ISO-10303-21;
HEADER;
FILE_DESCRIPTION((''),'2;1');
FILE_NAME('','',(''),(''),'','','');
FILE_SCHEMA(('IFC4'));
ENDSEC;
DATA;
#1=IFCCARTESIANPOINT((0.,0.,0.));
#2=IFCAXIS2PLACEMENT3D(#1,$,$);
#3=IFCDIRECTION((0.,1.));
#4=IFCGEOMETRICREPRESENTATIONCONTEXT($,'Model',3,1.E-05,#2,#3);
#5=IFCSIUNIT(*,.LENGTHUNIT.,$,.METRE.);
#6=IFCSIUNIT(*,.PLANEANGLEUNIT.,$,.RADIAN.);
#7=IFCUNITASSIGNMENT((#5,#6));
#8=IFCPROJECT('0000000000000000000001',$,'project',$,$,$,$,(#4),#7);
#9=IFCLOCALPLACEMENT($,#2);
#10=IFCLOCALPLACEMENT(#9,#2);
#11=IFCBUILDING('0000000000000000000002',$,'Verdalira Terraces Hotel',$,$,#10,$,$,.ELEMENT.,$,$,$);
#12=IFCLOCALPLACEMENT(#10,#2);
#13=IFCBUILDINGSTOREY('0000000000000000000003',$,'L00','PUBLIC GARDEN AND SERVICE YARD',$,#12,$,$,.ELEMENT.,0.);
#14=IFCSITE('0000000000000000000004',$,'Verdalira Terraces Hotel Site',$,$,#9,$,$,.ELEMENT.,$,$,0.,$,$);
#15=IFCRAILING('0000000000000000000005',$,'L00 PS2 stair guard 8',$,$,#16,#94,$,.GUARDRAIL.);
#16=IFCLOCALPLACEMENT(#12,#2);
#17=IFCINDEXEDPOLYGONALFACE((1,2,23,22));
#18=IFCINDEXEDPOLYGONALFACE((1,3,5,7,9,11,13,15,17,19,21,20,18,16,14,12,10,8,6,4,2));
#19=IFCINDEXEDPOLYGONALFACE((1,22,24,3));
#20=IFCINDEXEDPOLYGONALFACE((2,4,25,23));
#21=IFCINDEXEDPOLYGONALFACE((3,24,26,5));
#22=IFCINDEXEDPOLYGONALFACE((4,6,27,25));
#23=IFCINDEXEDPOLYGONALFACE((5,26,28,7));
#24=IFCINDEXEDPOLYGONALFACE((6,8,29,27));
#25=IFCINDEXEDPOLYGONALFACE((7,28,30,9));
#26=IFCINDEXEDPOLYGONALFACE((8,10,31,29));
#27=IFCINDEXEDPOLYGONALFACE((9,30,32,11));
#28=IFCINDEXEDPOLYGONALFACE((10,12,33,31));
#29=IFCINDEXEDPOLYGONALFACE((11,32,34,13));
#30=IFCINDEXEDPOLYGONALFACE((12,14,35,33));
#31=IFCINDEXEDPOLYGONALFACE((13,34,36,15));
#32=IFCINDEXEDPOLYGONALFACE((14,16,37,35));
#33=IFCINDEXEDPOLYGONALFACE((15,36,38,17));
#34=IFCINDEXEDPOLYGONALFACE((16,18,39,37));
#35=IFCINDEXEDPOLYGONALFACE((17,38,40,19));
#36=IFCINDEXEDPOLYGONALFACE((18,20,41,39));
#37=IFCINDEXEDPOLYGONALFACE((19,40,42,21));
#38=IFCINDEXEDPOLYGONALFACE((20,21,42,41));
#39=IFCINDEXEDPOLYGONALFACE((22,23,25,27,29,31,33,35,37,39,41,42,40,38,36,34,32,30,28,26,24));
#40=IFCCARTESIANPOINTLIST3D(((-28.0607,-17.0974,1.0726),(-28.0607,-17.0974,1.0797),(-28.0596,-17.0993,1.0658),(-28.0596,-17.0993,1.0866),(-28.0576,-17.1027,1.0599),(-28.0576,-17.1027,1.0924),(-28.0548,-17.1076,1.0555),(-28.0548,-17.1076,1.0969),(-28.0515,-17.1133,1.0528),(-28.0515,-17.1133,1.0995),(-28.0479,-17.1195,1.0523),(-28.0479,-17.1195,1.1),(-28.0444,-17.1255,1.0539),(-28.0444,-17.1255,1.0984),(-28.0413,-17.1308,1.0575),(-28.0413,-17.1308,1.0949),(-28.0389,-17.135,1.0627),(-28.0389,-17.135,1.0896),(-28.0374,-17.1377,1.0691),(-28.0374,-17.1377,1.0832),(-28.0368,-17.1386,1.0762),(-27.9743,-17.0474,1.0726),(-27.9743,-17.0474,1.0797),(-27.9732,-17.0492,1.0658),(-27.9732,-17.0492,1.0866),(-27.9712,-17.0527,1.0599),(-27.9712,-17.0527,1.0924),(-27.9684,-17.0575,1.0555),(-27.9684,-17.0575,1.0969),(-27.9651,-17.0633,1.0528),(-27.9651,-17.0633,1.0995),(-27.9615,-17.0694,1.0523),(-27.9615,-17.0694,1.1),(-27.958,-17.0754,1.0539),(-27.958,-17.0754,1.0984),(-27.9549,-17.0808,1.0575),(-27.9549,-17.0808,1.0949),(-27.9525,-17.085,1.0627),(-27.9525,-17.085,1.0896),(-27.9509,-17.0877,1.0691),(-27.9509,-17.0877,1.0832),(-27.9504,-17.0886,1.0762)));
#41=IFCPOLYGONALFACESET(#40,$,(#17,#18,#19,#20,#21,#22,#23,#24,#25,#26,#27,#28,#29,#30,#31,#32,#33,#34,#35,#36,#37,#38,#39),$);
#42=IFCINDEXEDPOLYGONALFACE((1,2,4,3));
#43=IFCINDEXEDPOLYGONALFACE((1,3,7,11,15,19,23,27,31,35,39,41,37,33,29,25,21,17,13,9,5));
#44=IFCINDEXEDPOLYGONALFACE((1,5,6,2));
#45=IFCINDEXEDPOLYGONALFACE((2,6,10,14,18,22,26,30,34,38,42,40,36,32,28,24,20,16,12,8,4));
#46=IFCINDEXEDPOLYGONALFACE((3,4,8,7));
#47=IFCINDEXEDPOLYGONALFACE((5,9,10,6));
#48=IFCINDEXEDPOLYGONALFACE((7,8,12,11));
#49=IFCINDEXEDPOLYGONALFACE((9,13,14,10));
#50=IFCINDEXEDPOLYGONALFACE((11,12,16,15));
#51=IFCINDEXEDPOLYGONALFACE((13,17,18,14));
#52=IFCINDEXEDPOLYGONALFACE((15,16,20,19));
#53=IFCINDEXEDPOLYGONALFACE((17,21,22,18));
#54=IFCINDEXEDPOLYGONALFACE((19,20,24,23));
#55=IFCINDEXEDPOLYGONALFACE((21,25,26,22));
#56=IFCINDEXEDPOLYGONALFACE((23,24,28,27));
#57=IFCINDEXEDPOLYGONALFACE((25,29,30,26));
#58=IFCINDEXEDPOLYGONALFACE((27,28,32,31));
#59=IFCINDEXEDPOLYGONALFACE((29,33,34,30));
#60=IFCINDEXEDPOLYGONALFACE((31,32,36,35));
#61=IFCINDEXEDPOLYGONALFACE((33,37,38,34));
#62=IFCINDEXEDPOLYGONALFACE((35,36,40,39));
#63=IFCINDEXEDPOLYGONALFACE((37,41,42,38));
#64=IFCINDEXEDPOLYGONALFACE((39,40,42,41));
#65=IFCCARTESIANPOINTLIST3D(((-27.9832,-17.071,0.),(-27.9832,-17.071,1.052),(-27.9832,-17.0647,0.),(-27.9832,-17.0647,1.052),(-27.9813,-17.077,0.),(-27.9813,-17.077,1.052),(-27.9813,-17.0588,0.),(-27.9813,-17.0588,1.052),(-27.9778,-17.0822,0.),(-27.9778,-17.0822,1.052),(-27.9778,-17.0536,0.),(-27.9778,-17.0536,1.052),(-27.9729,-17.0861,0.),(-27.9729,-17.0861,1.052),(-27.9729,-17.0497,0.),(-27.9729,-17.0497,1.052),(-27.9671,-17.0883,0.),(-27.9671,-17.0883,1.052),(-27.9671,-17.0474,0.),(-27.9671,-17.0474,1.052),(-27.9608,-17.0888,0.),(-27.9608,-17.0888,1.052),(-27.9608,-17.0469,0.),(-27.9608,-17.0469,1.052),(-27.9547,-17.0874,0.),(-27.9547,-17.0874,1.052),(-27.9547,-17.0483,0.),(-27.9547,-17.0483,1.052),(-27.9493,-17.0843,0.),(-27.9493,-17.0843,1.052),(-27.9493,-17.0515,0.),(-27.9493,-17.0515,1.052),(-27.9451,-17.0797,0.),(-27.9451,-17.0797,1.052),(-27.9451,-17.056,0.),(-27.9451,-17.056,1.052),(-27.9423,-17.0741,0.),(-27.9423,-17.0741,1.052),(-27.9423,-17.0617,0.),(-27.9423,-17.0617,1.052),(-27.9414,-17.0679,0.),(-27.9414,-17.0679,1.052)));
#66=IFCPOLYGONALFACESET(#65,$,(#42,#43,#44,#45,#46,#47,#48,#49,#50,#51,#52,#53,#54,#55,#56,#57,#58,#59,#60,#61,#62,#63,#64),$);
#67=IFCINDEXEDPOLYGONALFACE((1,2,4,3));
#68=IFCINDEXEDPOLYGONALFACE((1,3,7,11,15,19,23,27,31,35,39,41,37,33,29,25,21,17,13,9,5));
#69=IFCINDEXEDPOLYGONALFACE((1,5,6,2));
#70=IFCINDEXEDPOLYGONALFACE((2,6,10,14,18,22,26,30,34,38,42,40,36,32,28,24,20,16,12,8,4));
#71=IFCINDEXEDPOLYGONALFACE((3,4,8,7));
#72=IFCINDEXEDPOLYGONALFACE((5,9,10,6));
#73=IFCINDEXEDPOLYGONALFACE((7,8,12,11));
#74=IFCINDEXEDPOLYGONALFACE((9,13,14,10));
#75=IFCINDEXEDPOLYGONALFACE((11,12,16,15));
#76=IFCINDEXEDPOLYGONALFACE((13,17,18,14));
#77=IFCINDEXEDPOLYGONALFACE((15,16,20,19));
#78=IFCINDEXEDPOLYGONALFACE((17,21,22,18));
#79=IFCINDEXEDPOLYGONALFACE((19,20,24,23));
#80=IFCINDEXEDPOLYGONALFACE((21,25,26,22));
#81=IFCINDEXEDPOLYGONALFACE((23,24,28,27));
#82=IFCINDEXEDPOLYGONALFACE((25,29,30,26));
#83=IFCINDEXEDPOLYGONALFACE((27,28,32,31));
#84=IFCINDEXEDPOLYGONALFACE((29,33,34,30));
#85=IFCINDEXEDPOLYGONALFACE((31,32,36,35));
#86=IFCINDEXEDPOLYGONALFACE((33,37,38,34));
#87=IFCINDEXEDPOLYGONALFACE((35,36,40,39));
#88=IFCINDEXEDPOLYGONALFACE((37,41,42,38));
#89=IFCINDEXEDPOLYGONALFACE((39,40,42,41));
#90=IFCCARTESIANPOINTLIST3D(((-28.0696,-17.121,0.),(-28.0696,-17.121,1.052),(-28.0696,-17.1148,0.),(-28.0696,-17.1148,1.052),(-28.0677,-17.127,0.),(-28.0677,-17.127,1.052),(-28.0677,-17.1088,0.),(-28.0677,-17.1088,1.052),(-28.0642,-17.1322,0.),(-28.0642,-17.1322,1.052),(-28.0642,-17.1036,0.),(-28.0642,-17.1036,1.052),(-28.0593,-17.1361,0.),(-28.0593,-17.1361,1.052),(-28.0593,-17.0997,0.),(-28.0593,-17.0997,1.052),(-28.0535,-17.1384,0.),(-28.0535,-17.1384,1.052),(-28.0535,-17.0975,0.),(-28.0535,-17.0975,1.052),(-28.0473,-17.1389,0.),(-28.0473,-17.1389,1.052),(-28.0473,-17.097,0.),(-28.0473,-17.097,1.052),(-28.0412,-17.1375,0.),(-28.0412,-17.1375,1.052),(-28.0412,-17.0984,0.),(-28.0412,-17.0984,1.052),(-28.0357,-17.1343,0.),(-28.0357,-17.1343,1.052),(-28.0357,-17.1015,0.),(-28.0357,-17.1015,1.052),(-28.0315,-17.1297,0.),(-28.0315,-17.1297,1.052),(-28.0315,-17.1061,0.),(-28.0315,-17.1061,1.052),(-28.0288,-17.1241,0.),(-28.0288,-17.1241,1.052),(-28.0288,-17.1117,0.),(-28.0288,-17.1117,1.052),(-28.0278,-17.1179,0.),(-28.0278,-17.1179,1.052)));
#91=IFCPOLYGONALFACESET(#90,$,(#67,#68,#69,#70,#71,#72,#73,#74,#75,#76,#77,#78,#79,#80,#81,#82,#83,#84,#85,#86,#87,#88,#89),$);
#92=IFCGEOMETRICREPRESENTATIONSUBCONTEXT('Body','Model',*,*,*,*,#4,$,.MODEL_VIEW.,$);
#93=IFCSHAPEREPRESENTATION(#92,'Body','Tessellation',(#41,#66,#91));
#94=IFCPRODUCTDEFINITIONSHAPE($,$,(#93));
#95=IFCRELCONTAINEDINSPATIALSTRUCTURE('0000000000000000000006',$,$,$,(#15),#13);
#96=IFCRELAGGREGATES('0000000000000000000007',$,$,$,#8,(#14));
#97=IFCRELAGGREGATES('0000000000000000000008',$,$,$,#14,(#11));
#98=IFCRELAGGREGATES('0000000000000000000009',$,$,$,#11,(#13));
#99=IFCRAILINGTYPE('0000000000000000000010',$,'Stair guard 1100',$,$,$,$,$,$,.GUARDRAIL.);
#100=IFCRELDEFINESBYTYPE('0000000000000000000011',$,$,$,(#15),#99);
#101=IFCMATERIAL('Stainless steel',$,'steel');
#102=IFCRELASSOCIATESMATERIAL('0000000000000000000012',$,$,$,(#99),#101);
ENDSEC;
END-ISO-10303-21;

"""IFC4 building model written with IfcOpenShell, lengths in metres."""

from ifc_helpers import new_model, si_unit, direction, frame, origin, origin_2d, place, context, subcontext, project, spatial, circle, extrude, material, type_object, element, save


model = new_model("IFC4")

# Units and contexts
model_context = context("Model", 3, precision=1e-05, world=origin(), true_north=direction((0.0, 1.0)))
body_context = subcontext(model_context, "Body", "Model", "MODEL_VIEW")
ifc_project = project(units=[si_unit("LENGTHUNIT", "METRE"), si_unit("PLANEANGLEUNIT", "RADIAN")], contexts=[model_context])

# Site, building, storey
site_placement = place(None, origin())
site = spatial("IfcSite", under=ifc_project, at=site_placement, Name="Verdalira Terraces Hotel Site", CompositionType="ELEMENT", RefElevation=0.0)
building_placement = place(site_placement, origin())
building = spatial("IfcBuilding", under=site, at=building_placement, Name="Verdalira Terraces Hotel", CompositionType="ELEMENT")
storey_placement = place(building_placement, origin())
storey = spatial("IfcBuildingStorey", under=building, at=storey_placement, Name="L00", Description="PUBLIC GARDEN AND SERVICE YARD", CompositionType="ELEMENT", Elevation=0.0)

# Railing
ifc_material_1 = material(Name="Stainless steel", Category="steel")
railing_type = type_object("IfcRailingType", Name="Stair guard 1100", PredefinedType="GUARDRAIL", material=ifc_material_1)
railing_1_placement = place(storey_placement, frame((-27.9624, -17.0679, 0.0)))
element("IfcRailing", 1, at=railing_1_placement, inside=storey, type_object=railing_type, Name="L00 PS2 stair guard 8", PredefinedType="GUARDRAIL", context=body_context, shape_type="SweptSolid", body=[
    extrude(circle(Radius=0.0239, at=origin_2d()), frame((0.0, 0.0, 1.0762), z_axis=(-0.86537, -0.501133, 0.0), x_axis=(0.501133, -0.86537, 0.0)), (0.0, 0.0, 1.0), 0.0999),
    extrude(circle(Radius=0.021, at=origin_2d()), origin(), (0.0, 0.0, 1.0), 1.052),
    extrude(circle(Radius=0.021, at=origin_2d()), frame((-0.0864, -0.05, 0.0)), (0.0, 0.0, 1.0), 1.052),
])

save(model, "model.ifc")
